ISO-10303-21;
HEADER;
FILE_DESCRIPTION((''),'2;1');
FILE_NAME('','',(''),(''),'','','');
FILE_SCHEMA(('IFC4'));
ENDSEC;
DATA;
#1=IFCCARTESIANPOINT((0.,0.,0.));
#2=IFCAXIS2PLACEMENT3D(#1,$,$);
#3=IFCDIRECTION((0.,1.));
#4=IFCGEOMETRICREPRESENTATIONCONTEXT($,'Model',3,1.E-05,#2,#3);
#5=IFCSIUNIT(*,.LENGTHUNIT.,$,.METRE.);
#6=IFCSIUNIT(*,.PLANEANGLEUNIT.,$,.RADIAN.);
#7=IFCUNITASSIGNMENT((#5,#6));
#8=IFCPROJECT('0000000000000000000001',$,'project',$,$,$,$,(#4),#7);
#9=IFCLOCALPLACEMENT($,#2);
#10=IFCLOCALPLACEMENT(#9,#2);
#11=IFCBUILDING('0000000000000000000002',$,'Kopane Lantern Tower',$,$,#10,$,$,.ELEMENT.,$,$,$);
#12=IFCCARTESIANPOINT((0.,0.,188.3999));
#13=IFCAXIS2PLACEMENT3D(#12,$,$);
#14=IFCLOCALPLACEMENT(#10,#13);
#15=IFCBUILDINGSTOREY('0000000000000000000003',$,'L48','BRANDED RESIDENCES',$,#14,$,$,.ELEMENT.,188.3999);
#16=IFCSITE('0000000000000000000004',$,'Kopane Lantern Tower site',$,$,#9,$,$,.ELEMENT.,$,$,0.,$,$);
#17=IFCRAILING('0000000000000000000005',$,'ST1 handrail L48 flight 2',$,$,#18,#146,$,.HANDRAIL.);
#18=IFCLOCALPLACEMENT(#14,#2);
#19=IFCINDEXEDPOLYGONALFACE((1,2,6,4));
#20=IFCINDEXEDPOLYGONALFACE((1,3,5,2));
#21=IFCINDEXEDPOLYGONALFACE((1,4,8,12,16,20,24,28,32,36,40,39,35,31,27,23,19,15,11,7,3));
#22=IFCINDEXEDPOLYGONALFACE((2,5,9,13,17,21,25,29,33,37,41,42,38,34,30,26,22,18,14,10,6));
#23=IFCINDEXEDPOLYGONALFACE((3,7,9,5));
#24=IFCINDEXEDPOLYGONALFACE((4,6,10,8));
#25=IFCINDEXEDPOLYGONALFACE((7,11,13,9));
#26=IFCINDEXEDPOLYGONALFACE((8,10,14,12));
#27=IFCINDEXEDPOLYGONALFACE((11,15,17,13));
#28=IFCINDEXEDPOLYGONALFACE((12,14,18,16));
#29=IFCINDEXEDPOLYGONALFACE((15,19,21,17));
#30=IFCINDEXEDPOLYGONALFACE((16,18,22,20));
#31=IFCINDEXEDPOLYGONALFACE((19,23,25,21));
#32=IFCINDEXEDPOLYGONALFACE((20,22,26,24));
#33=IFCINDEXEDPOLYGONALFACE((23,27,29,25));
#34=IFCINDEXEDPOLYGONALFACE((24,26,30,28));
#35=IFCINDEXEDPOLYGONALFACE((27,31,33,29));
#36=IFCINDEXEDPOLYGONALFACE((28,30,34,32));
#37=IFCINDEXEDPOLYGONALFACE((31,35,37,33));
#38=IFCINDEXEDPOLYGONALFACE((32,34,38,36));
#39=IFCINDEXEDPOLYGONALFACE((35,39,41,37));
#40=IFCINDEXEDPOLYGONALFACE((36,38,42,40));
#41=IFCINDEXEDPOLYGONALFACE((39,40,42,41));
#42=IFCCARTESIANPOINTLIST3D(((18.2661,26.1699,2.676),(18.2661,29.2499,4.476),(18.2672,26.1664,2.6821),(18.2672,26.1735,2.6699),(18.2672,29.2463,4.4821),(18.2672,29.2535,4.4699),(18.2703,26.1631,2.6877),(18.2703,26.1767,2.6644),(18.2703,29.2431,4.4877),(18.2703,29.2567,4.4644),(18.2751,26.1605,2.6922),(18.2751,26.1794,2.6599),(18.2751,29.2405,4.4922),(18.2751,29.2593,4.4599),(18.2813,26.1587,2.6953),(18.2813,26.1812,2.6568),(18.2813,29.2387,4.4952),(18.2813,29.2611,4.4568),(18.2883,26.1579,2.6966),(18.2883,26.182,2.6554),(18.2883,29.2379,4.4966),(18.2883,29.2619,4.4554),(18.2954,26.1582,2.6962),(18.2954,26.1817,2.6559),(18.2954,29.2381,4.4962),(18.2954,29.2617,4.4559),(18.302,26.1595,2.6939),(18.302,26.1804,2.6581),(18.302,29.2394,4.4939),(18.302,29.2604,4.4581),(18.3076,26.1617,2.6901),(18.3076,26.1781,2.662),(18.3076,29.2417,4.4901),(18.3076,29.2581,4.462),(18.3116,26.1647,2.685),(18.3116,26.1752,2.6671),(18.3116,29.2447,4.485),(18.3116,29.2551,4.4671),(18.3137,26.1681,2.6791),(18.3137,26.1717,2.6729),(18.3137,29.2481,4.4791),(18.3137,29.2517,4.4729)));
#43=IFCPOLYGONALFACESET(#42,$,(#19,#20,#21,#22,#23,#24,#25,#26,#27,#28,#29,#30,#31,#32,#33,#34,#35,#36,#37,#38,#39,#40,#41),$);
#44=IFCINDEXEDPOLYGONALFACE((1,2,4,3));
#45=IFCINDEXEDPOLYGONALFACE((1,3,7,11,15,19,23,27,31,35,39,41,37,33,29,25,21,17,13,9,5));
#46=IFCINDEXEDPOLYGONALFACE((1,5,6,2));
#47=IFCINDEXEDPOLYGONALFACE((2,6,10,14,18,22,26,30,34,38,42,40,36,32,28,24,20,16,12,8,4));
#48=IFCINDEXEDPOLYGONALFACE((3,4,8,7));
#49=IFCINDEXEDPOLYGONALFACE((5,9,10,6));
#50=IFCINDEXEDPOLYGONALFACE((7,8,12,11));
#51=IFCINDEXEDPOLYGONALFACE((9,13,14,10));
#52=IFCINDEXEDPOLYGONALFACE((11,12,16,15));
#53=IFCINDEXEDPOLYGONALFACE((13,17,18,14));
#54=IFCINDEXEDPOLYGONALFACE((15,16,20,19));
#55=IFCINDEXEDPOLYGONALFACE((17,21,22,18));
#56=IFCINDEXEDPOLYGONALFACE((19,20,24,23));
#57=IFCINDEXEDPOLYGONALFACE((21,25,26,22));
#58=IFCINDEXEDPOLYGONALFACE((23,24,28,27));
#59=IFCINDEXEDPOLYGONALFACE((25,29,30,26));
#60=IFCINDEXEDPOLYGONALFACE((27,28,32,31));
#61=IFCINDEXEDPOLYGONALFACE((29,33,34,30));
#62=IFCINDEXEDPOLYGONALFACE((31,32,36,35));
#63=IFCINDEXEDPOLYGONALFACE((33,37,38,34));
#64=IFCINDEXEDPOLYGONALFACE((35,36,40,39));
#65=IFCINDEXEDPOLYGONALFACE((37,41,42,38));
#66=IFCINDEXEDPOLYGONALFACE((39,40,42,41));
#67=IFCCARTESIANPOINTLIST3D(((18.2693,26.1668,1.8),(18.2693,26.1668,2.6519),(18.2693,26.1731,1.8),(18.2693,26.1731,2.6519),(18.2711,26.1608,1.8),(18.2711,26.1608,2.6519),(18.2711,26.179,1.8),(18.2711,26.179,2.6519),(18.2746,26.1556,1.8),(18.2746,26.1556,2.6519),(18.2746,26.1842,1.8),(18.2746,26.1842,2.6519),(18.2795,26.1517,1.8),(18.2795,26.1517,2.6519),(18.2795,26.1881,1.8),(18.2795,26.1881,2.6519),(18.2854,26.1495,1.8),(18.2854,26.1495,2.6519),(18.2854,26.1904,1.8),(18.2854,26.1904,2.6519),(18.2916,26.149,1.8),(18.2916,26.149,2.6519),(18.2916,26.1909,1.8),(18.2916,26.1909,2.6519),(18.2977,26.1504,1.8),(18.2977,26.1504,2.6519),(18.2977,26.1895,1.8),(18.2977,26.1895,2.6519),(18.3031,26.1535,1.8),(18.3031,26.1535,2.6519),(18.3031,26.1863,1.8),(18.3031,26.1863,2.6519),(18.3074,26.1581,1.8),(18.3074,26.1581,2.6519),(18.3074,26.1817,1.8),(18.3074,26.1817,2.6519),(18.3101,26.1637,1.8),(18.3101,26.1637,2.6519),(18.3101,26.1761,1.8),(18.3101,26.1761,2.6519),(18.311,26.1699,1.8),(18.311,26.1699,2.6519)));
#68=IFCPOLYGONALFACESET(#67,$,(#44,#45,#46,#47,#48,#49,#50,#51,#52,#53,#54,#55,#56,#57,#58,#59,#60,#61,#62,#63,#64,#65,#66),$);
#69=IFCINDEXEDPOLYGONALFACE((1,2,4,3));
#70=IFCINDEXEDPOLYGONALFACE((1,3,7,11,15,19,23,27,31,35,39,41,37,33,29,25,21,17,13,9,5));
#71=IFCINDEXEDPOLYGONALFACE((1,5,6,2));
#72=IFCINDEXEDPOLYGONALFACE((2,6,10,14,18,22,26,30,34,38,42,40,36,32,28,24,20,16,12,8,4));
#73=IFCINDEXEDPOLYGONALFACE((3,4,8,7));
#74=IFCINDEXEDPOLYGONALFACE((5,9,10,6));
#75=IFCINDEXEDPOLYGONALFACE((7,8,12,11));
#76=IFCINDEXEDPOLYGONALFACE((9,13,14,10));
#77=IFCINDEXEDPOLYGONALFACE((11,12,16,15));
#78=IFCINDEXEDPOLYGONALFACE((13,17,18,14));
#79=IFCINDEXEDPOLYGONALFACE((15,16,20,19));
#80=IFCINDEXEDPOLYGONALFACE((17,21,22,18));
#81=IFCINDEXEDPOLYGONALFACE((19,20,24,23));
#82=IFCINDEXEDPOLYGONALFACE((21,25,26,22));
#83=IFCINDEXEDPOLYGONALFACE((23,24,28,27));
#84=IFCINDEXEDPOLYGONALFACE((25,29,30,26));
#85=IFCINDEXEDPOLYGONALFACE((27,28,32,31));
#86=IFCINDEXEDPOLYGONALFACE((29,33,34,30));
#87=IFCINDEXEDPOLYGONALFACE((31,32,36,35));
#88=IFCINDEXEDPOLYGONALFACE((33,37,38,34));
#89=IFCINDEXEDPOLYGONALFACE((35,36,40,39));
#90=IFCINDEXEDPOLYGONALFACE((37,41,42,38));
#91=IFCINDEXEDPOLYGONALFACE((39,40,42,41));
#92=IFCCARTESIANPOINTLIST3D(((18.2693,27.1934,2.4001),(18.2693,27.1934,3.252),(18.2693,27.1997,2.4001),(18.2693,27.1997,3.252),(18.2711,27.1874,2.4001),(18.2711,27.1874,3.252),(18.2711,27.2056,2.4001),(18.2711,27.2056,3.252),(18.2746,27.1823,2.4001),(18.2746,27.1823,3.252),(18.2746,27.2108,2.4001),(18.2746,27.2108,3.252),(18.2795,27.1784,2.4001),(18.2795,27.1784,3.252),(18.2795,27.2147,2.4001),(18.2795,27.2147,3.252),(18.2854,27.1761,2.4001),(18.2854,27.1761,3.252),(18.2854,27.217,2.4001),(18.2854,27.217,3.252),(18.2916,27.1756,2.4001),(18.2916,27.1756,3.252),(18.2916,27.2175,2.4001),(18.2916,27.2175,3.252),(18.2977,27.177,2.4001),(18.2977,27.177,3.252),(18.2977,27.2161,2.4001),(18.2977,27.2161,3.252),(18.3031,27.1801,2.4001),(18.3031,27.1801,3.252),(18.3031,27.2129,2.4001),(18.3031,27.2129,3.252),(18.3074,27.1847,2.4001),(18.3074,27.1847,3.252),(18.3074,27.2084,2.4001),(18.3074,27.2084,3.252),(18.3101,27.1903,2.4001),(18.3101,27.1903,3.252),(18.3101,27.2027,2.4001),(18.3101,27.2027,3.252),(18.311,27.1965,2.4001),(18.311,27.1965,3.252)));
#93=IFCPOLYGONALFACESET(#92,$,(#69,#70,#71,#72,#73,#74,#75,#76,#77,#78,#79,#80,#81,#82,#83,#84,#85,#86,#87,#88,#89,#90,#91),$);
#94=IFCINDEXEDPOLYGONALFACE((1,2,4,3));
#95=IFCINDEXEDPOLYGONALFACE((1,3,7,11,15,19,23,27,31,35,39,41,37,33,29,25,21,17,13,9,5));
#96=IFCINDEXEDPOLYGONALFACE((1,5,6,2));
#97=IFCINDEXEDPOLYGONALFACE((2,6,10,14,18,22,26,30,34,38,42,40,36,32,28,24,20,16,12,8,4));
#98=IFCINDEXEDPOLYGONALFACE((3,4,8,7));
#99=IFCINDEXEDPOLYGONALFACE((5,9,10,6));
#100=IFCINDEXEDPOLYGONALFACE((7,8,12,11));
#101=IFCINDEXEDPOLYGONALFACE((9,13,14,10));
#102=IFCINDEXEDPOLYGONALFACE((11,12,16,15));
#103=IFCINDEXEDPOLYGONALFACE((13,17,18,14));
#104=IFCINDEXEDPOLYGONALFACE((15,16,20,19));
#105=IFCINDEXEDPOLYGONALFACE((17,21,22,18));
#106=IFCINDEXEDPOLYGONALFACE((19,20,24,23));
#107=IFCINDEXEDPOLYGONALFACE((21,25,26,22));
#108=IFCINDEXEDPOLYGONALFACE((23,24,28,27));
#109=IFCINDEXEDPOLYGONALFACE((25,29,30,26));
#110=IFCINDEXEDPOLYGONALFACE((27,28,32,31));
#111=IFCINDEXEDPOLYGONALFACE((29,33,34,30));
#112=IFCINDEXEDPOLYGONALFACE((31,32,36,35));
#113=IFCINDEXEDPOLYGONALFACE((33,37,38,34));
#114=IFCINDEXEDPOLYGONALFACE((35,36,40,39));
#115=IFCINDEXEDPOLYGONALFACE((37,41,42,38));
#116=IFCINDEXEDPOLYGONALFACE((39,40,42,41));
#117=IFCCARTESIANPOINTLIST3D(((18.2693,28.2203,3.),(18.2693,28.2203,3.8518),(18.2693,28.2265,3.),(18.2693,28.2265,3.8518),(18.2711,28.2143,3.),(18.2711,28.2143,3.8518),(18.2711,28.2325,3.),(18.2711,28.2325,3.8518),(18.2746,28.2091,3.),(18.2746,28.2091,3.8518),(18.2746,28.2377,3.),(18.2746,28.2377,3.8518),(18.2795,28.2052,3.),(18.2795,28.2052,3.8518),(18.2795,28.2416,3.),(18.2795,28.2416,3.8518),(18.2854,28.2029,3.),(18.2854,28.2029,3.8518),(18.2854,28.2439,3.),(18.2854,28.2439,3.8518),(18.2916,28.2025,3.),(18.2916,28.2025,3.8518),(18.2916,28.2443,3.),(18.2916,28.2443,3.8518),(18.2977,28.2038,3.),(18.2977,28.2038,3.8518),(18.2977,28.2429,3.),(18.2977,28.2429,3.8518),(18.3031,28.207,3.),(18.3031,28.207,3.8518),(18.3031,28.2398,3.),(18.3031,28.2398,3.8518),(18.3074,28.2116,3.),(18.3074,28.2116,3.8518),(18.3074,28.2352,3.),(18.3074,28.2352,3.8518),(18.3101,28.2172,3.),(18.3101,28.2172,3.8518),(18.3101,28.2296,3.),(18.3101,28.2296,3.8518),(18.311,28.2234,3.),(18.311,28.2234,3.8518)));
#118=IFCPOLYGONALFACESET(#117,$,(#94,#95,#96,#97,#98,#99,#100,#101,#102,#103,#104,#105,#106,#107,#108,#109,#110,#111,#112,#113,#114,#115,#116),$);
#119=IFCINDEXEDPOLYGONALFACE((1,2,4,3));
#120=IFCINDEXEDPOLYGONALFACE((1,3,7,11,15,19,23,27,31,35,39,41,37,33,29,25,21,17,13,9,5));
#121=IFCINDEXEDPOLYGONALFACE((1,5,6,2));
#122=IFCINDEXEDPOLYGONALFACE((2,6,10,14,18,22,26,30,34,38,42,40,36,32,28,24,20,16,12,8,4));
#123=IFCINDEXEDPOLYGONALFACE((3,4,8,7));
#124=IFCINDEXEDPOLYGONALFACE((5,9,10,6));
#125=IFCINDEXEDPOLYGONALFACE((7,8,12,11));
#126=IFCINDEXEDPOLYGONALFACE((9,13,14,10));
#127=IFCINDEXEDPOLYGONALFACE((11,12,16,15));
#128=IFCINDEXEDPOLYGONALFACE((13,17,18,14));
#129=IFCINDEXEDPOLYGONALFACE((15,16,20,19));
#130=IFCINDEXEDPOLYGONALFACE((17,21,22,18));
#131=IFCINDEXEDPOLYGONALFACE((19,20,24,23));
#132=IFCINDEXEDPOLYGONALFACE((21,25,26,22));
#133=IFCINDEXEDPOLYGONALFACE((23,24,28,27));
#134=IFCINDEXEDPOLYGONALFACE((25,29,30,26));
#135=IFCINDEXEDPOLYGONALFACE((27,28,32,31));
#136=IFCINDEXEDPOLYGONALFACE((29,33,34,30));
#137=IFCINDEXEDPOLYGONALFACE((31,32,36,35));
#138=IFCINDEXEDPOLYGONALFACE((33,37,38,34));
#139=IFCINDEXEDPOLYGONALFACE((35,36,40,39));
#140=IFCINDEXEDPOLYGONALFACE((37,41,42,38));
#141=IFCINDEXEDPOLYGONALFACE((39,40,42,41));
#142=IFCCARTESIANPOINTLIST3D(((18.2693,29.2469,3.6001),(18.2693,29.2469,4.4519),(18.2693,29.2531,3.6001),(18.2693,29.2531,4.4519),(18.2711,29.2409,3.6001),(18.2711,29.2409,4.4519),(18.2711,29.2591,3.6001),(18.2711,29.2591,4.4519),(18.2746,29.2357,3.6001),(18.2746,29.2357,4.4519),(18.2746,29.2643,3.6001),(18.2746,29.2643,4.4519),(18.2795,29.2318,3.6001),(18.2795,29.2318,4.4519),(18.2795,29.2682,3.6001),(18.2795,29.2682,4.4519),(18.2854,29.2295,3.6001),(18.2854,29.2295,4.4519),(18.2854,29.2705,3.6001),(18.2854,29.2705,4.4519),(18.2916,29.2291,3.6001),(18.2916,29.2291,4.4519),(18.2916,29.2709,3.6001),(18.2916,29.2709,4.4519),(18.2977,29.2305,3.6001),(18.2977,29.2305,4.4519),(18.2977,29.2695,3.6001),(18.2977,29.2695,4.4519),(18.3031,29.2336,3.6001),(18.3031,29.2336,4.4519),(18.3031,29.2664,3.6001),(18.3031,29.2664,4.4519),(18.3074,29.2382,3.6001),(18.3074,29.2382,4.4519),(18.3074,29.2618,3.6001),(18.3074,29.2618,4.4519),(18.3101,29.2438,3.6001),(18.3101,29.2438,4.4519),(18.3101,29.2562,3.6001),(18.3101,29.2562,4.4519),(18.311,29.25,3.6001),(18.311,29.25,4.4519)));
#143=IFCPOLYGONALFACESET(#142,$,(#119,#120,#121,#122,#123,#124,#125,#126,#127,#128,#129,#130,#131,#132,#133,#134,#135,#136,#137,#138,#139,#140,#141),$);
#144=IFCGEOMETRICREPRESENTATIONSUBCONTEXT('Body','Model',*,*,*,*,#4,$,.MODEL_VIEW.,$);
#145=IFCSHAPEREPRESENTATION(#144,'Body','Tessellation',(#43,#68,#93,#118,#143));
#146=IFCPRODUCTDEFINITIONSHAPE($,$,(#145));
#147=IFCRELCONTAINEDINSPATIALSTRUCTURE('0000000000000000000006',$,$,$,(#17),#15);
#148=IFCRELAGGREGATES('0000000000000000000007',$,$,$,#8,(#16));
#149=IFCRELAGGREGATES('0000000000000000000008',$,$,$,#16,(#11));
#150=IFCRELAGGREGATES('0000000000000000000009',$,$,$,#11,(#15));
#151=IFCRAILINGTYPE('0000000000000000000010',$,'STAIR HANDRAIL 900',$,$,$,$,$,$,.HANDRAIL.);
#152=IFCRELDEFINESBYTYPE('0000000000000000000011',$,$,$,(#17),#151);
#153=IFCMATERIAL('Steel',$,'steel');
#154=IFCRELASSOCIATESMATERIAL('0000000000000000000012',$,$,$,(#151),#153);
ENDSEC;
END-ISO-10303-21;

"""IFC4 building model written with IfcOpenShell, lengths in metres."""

from ifc_helpers import new_model, si_unit, direction, frame, origin, origin_2d, place, context, subcontext, project, spatial, circle, extrude, material, type_object, element, save


model = new_model("IFC4")

# Units and contexts
model_context = context("Model", 3, precision=1e-05, world=origin(), true_north=direction((0.0, 1.0)))
body_context = subcontext(model_context, "Body", "Model", "MODEL_VIEW")
ifc_project = project(units=[si_unit("LENGTHUNIT", "METRE"), si_unit("PLANEANGLEUNIT", "RADIAN")], contexts=[model_context])

# Site, building, storey
site_placement = place(None, origin())
site = spatial("IfcSite", under=ifc_project, at=site_placement, Name="Kopane Lantern Tower site", CompositionType="ELEMENT", RefElevation=0.0)
building_placement = place(site_placement, origin())
building = spatial("IfcBuilding", under=site, at=building_placement, Name="Kopane Lantern Tower", CompositionType="ELEMENT")
storey_placement = place(building_placement, frame((0.0, 0.0, 188.3999)))
storey = spatial("IfcBuildingStorey", under=building, at=storey_placement, Name="L48", Description="BRANDED RESIDENCES", CompositionType="ELEMENT", Elevation=188.3999)

# Railing
ifc_material_1 = material(Name="Steel", Category="steel")
railing_type_1 = type_object("IfcRailingType", Name="STAIR HANDRAIL 900", PredefinedType="HANDRAIL", material=ifc_material_1)
for number, where, name in (
    (1, (18.29, 26.1699, 1.8), "ST1 handrail L48 flight 2"),
):
    element("IfcRailing", number, at=place(storey_placement, frame(where)), inside=storey, type_object=railing_type_1, Name=name, PredefinedType="HANDRAIL", context=body_context, shape_type="SweptSolid", body=[
        extrude(circle(Radius=0.0239, at=origin_2d()), frame((0.0, 0.0, 0.876), z_axis=(0.0, 0.863372, 0.504569), x_axis=(-1.0, 0.0, 0.0)), (0.0, 0.0, 1.0), 3.5674),
        extrude(circle(Radius=0.021, at=origin_2d()), origin(), (0.0, 0.0, 1.0), 0.8518),
        extrude(circle(Radius=0.021, at=origin_2d()), frame((0.0, 1.0266, 0.6001)), (0.0, 0.0, 1.0), 0.8518),
        extrude(circle(Radius=0.021, at=origin_2d()), frame((0.0, 2.0535, 1.2)), (0.0, 0.0, 1.0), 0.8518),
        extrude(circle(Radius=0.021, at=origin_2d()), frame((0.0, 3.0801, 1.8)), (0.0, 0.0, 1.0), 0.8518),
    ])

save(model, "model.ifc")
